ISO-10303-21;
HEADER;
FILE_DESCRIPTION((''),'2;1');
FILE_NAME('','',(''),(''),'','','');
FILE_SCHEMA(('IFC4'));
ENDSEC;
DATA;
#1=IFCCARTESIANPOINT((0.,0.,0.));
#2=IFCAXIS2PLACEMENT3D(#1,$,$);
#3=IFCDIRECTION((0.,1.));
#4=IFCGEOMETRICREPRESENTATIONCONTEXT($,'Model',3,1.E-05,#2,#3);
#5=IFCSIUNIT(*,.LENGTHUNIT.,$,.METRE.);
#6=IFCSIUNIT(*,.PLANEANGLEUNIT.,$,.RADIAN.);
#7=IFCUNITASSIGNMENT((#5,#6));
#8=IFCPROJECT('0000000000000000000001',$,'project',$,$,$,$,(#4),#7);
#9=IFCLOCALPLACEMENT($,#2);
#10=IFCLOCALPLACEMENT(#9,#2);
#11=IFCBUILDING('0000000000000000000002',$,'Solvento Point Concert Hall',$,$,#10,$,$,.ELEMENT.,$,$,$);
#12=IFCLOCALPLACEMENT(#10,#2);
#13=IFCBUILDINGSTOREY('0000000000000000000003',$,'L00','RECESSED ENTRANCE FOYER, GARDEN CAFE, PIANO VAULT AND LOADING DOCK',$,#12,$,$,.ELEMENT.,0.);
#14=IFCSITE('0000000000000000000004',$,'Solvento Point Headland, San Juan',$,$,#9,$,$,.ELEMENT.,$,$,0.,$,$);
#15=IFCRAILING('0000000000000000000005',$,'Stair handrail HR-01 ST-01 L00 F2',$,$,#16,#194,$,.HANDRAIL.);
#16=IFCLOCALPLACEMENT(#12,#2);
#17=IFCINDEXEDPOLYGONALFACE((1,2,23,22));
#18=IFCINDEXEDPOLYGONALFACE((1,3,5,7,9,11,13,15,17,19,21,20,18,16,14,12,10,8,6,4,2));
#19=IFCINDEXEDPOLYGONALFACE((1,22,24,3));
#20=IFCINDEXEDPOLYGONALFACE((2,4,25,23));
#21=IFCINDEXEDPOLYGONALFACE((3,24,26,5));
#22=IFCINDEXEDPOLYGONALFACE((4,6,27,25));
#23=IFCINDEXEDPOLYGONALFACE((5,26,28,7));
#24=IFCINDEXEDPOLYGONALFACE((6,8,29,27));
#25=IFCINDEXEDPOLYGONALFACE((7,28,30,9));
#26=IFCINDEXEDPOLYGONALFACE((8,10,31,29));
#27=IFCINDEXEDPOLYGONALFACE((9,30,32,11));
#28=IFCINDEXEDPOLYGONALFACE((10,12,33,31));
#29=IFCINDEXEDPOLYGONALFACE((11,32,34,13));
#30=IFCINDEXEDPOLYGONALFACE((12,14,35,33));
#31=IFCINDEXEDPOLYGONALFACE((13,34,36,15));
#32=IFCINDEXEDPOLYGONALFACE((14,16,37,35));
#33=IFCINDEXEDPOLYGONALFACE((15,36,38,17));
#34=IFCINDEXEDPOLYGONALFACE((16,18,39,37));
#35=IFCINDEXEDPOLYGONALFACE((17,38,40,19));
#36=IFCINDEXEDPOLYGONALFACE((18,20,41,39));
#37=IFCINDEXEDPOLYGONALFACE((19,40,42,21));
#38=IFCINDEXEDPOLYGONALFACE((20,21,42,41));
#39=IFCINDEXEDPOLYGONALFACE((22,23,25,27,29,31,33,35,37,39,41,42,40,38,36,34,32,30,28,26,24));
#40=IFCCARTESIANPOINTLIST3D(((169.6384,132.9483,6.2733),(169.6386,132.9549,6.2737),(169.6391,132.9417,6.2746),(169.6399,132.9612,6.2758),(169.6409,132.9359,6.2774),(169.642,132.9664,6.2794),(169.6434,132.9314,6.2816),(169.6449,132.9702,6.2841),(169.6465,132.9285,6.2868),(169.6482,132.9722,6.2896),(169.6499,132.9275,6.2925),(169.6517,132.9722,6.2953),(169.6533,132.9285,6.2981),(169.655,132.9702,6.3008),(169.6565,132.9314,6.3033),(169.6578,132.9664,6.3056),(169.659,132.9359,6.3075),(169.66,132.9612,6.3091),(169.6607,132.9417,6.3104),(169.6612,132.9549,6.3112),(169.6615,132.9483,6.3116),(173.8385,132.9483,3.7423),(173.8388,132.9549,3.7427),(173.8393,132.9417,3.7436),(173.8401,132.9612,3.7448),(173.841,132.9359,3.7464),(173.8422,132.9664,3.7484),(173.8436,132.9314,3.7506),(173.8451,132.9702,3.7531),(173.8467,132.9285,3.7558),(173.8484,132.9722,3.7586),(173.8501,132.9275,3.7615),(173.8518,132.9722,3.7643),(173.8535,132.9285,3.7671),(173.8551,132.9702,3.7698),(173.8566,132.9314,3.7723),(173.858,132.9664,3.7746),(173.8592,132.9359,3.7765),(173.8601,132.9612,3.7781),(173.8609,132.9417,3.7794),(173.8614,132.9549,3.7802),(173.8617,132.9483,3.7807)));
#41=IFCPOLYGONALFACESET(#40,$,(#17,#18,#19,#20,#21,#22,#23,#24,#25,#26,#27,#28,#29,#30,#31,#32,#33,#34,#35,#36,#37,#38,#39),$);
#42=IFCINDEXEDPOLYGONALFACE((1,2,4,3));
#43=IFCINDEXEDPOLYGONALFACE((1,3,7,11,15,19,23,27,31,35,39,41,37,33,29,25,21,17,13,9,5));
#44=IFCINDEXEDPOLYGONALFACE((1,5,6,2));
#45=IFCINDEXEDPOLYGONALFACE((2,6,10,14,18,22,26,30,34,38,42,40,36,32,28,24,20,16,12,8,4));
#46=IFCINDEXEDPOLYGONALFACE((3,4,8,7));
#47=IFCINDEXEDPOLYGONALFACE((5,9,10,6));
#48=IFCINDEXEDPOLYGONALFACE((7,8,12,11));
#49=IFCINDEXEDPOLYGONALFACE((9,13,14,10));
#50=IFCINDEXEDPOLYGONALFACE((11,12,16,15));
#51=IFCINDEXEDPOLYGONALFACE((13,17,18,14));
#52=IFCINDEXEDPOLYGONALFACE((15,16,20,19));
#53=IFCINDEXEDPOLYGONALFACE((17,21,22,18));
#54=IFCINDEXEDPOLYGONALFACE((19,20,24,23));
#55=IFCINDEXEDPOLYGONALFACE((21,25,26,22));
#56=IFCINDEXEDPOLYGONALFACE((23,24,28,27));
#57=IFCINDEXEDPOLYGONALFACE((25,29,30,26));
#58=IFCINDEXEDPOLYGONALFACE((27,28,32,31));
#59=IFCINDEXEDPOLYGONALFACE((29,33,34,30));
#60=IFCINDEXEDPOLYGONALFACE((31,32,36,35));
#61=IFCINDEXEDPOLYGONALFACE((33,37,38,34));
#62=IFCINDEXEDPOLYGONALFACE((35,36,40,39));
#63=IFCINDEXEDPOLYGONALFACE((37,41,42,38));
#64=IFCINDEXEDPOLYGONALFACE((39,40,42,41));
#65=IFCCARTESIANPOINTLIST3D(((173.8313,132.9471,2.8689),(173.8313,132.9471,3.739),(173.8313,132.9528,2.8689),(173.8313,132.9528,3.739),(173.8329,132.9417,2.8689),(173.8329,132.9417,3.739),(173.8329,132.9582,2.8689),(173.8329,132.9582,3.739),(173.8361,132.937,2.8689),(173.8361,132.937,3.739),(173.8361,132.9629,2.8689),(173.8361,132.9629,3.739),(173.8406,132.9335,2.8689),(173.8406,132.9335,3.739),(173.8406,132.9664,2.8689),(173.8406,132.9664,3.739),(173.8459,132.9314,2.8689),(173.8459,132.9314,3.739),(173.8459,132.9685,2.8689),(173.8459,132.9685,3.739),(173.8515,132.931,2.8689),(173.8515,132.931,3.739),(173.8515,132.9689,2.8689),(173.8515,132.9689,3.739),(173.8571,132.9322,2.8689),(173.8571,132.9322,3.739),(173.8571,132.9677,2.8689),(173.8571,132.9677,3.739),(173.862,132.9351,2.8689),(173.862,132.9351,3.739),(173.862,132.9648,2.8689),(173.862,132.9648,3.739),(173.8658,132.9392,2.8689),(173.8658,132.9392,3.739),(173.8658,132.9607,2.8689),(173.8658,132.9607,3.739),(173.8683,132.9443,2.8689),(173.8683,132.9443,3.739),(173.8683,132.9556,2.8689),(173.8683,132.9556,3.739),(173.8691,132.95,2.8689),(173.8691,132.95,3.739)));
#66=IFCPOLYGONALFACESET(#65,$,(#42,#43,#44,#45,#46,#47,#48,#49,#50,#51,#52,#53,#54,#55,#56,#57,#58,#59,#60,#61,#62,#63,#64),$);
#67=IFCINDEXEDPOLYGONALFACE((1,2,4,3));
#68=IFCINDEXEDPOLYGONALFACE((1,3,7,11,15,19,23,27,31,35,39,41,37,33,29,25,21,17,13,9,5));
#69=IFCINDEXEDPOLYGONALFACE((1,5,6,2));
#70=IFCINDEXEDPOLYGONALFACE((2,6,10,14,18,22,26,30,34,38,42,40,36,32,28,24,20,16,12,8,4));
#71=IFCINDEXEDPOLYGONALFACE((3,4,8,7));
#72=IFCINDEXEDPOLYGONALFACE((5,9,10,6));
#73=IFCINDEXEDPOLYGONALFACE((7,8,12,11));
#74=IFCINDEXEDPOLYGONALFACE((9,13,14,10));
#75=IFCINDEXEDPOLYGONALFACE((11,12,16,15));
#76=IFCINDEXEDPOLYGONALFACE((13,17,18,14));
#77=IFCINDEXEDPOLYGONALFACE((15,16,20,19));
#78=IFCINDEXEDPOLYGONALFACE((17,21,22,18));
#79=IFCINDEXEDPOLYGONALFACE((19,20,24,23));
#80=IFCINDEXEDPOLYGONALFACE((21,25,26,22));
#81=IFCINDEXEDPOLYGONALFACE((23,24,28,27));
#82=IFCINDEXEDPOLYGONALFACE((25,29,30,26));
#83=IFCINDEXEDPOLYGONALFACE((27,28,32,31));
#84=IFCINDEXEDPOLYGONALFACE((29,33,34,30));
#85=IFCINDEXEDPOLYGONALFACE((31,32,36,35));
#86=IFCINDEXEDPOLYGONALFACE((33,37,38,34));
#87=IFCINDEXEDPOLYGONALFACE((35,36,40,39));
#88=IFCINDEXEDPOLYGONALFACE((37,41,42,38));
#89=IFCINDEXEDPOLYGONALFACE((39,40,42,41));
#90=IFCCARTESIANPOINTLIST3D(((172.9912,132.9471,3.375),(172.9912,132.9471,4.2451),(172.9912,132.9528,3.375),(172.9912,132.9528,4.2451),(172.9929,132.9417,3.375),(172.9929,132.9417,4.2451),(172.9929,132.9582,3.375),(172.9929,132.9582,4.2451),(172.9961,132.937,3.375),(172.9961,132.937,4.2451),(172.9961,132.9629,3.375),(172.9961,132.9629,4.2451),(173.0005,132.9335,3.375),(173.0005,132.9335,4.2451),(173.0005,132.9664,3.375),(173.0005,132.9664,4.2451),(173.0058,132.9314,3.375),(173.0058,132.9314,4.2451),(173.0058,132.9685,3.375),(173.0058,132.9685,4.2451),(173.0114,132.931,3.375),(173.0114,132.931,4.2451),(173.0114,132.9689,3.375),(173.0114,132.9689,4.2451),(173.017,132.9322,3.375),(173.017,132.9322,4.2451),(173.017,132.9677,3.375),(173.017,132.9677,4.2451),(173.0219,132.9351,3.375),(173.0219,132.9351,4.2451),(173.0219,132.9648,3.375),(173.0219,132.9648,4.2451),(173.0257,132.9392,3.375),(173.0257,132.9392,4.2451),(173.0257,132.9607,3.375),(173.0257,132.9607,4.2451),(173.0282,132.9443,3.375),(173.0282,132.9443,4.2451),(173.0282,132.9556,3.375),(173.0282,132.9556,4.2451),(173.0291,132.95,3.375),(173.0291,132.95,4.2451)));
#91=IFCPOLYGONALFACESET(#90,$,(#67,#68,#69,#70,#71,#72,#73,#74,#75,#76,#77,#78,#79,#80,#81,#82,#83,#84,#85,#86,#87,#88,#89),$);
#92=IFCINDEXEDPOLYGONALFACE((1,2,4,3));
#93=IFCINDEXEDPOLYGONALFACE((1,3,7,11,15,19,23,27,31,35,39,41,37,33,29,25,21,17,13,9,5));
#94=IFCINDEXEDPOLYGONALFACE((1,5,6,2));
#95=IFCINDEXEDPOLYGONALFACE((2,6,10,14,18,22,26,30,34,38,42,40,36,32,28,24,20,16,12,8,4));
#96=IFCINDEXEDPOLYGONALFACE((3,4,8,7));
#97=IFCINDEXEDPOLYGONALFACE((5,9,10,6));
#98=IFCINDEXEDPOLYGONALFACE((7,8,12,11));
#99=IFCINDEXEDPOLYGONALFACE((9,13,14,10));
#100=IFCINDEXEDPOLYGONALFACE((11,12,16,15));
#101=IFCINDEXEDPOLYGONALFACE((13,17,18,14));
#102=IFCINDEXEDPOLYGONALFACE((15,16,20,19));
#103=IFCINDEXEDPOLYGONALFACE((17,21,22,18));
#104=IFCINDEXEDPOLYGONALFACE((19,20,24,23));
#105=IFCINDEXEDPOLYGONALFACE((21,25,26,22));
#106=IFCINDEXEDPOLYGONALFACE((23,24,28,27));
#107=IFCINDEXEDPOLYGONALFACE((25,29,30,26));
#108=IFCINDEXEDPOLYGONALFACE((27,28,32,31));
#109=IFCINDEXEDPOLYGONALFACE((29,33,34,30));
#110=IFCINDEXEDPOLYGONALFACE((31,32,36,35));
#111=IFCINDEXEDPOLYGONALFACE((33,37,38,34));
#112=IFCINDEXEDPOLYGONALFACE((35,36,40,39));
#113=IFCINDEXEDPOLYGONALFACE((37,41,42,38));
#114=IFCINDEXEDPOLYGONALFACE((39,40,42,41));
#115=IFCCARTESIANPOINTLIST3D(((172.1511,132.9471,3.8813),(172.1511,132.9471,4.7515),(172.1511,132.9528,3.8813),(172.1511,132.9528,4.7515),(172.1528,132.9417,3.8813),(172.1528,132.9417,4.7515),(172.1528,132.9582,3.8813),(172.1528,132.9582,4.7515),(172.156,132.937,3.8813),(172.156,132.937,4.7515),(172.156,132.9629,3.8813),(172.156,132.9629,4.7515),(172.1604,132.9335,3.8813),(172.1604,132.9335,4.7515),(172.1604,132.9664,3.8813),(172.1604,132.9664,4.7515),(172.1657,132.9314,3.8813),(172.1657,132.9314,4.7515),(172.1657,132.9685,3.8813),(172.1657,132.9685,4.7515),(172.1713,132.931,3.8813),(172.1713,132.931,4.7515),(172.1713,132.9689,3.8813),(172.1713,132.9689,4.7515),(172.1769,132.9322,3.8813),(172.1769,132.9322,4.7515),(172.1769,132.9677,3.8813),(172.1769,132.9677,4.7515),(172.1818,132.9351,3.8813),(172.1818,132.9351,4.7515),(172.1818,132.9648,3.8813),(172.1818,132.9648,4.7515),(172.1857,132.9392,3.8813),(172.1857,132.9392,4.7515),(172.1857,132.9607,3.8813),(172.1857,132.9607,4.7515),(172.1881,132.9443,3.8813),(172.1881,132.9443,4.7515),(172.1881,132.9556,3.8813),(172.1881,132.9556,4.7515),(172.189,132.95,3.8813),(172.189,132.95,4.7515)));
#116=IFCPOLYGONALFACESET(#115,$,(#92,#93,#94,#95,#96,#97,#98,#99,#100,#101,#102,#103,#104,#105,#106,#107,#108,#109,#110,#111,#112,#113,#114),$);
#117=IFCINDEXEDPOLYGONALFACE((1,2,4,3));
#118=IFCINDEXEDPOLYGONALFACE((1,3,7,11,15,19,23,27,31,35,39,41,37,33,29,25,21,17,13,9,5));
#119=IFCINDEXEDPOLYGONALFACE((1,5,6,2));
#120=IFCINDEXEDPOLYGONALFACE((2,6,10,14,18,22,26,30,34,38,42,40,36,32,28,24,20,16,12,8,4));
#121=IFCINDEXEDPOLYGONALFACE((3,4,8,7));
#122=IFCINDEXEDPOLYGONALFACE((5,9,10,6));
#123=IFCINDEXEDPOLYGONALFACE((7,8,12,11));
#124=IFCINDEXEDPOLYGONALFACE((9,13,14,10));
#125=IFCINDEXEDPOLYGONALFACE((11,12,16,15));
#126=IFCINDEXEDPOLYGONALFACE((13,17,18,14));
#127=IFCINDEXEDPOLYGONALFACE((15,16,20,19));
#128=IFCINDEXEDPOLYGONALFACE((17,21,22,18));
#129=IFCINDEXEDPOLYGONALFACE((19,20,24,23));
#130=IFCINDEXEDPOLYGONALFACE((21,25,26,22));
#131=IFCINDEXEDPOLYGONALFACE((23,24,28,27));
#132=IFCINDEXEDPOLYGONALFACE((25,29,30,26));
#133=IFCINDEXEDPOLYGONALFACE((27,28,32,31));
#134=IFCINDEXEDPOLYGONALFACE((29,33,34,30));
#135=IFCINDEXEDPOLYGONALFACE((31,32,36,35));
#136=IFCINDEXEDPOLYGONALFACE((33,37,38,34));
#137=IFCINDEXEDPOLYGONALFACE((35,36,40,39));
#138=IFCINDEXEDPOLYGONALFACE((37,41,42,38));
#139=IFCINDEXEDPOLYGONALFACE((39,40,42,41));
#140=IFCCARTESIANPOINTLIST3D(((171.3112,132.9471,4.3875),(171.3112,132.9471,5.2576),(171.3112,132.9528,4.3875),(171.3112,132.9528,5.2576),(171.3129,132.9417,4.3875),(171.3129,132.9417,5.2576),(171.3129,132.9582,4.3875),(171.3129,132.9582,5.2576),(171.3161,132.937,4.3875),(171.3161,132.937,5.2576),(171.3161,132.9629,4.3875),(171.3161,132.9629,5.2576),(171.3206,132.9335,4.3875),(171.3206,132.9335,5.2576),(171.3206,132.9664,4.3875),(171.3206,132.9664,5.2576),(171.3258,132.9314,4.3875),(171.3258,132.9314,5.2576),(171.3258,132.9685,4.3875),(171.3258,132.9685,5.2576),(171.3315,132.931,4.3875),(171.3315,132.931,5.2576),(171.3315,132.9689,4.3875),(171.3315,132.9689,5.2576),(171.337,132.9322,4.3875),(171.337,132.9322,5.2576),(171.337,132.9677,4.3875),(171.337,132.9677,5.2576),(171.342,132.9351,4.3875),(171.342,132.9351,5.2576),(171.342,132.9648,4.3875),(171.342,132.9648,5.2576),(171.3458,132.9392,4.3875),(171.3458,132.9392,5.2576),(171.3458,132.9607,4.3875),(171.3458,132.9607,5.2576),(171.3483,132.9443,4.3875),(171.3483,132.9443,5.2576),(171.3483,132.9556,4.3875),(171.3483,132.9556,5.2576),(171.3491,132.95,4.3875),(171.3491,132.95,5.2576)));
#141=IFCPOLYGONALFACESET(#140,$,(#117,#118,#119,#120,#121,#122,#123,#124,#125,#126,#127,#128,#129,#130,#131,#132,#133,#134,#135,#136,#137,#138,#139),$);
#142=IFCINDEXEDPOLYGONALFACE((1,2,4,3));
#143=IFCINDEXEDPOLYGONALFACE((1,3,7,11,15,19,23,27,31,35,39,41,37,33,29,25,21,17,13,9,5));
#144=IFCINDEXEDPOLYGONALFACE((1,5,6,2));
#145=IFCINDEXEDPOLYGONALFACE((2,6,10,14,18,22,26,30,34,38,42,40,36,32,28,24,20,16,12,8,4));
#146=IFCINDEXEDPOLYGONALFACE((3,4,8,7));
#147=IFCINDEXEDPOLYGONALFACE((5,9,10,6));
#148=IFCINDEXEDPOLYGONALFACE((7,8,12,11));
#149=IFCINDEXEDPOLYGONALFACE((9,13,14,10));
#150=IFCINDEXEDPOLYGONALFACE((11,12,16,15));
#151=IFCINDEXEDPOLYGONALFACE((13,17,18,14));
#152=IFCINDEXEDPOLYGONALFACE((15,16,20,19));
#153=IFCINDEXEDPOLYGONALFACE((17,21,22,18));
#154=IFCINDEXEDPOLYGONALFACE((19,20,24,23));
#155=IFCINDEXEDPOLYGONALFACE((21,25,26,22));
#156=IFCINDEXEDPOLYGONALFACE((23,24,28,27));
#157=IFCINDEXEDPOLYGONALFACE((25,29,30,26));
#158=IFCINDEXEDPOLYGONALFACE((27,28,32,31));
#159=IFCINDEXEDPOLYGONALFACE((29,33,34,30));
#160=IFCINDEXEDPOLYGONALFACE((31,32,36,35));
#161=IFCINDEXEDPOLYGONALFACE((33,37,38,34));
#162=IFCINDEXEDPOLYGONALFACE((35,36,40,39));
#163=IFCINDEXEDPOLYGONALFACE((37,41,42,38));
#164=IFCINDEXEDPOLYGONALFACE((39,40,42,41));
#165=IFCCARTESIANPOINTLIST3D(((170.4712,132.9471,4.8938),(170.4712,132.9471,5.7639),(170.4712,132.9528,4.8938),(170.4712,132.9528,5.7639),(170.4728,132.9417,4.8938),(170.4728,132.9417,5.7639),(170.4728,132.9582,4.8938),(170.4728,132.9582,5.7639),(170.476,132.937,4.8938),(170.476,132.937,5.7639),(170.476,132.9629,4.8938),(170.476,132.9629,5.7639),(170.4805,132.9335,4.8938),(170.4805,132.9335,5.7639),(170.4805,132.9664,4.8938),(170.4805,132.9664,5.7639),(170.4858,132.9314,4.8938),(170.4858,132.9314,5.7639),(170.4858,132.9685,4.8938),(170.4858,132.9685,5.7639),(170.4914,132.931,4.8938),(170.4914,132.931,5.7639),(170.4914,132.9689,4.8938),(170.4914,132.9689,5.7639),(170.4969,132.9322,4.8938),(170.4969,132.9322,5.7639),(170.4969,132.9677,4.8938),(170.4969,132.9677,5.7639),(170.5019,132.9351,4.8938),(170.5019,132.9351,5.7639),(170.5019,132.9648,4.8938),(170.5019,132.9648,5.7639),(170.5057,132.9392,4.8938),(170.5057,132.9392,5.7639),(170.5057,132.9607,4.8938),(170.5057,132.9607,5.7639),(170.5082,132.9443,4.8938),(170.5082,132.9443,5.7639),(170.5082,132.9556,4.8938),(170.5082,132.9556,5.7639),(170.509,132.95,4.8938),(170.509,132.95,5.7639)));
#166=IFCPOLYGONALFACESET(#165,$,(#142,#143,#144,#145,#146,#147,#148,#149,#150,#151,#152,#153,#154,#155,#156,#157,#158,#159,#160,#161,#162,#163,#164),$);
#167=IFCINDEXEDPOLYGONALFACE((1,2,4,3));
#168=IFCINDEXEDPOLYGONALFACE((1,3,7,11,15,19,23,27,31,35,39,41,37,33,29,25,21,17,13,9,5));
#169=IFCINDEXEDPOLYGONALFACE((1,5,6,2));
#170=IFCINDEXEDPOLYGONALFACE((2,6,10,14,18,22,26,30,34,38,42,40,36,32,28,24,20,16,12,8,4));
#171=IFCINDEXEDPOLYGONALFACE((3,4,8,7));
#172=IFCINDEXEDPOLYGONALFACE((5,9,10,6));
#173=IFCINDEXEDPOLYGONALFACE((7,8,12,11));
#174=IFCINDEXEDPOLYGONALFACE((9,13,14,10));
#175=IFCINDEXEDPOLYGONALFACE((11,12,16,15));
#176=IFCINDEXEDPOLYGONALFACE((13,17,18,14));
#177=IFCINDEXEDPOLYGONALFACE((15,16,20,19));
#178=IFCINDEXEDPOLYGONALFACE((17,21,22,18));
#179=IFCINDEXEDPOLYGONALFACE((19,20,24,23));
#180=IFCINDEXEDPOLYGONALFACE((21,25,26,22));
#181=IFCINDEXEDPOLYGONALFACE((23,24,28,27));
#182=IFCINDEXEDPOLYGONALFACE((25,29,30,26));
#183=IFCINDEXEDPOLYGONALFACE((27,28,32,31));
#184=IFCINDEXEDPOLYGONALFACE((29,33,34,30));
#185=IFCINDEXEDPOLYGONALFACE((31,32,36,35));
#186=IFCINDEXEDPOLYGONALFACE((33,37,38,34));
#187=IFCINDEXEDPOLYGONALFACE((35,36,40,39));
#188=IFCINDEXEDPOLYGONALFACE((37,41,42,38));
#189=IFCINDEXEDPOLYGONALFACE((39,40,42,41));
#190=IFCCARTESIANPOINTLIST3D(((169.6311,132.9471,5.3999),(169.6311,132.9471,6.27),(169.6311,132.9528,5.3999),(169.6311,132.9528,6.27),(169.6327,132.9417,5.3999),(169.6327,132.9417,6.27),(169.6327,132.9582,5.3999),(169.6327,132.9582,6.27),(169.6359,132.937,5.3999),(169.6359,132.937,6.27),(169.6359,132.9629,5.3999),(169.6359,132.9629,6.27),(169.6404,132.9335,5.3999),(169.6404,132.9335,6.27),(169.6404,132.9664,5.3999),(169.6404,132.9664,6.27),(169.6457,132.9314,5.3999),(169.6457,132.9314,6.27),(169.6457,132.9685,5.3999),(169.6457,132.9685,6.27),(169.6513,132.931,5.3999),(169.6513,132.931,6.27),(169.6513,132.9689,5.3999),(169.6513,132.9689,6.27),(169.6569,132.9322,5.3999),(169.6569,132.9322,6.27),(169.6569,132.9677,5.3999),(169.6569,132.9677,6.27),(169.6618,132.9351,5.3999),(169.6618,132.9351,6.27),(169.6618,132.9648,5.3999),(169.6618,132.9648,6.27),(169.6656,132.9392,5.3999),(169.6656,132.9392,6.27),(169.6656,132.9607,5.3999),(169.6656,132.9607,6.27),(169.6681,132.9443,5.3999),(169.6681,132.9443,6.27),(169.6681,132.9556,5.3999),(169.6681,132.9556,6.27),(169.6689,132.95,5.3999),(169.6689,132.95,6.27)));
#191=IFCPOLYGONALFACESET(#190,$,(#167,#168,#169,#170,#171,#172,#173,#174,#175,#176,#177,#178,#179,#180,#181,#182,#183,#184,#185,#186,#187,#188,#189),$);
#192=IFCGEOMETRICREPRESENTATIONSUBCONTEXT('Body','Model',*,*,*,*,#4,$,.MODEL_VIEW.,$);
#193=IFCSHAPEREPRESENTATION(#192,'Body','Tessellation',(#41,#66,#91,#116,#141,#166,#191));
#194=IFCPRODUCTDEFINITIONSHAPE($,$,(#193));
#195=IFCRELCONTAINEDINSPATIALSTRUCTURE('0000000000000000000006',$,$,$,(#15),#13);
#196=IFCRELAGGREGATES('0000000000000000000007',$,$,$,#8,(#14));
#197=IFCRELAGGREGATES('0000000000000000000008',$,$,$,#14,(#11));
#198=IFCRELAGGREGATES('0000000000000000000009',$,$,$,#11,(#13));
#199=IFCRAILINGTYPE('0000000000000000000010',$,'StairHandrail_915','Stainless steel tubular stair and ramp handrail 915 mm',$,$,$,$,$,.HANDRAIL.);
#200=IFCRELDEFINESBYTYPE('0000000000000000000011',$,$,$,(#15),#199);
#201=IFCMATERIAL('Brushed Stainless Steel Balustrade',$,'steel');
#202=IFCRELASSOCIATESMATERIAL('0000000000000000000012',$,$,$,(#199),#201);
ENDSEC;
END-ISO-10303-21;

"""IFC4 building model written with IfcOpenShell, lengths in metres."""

from ifc_helpers import new_model, si_unit, direction, frame, origin, origin_2d, place, context, subcontext, project, spatial, circle, extrude, material, type_object, element, save


model = new_model("IFC4")

# Units and contexts
model_context = context("Model", 3, precision=1e-05, world=origin(), true_north=direction((0.0, 1.0)))
body_context = subcontext(model_context, "Body", "Model", "MODEL_VIEW")
ifc_project = project(units=[si_unit("LENGTHUNIT", "METRE"), si_unit("PLANEANGLEUNIT", "RADIAN")], contexts=[model_context])

# Site, building, storey
site_placement = place(None, origin())
site = spatial("IfcSite", under=ifc_project, at=site_placement, Name="Solvento Point Headland, San Juan", CompositionType="ELEMENT", RefElevation=0.0)
building_placement = place(site_placement, origin())
building = spatial("IfcBuilding", under=site, at=building_placement, Name="Solvento Point Concert Hall", CompositionType="ELEMENT")
storey_placement = place(building_placement, origin())
storey = spatial("IfcBuildingStorey", under=building, at=storey_placement, Name="L00", Description="RECESSED ENTRANCE FOYER, GARDEN CAFE, PIANO VAULT AND LOADING DOCK", CompositionType="ELEMENT", Elevation=0.0)

# Railing
ifc_material_1 = material(Name="Brushed Stainless Steel Balustrade", Category="steel")
railing_type_1 = type_object("IfcRailingType", Name="StairHandrail_915", Description="Stainless steel tubular stair and ramp handrail 915 mm", PredefinedType="HANDRAIL", material=ifc_material_1)
railing_1_placement = place(storey_placement, frame((173.8501, 132.95, 2.8689)))
element("IfcRailing", 1, at=railing_1_placement, inside=storey, type_object=railing_type_1, Name="Stair handrail HR-01 ST-01 L00 F2", PredefinedType="HANDRAIL", context=body_context, shape_type="SweptSolid", body=[
    extrude(circle(Radius=0.0225, at=origin_2d()), frame((0.0, 0.0, 0.8926), z_axis=(-0.856512, 0.0, 0.516127), x_axis=(0.0, -1.0, 0.0)), (0.0, 0.0, 1.0), 4.9038),
    extrude(circle(Radius=0.019, at=origin_2d()), origin(), (0.0, 0.0, 1.0), 0.8701),
    extrude(circle(Radius=0.019, at=origin_2d()), frame((-0.8401, 0.0, 0.5061)), (0.0, 0.0, 1.0), 0.8701),
    extrude(circle(Radius=0.019, at=origin_2d()), frame((-1.6802, 0.0, 1.0125)), (0.0, 0.0, 1.0), 0.8701),
    extrude(circle(Radius=0.019, at=origin_2d()), frame((-2.52, 0.0, 1.5186)), (0.0, 0.0, 1.0), 0.8701),
    extrude(circle(Radius=0.019, at=origin_2d()), frame((-3.3601, 0.0, 2.0249)), (0.0, 0.0, 1.0), 0.8701),
    extrude(circle(Radius=0.019, at=origin_2d()), frame((-4.2002, 0.0, 2.531)), (0.0, 0.0, 1.0), 0.8701),
])

save(model, "model.ifc")
